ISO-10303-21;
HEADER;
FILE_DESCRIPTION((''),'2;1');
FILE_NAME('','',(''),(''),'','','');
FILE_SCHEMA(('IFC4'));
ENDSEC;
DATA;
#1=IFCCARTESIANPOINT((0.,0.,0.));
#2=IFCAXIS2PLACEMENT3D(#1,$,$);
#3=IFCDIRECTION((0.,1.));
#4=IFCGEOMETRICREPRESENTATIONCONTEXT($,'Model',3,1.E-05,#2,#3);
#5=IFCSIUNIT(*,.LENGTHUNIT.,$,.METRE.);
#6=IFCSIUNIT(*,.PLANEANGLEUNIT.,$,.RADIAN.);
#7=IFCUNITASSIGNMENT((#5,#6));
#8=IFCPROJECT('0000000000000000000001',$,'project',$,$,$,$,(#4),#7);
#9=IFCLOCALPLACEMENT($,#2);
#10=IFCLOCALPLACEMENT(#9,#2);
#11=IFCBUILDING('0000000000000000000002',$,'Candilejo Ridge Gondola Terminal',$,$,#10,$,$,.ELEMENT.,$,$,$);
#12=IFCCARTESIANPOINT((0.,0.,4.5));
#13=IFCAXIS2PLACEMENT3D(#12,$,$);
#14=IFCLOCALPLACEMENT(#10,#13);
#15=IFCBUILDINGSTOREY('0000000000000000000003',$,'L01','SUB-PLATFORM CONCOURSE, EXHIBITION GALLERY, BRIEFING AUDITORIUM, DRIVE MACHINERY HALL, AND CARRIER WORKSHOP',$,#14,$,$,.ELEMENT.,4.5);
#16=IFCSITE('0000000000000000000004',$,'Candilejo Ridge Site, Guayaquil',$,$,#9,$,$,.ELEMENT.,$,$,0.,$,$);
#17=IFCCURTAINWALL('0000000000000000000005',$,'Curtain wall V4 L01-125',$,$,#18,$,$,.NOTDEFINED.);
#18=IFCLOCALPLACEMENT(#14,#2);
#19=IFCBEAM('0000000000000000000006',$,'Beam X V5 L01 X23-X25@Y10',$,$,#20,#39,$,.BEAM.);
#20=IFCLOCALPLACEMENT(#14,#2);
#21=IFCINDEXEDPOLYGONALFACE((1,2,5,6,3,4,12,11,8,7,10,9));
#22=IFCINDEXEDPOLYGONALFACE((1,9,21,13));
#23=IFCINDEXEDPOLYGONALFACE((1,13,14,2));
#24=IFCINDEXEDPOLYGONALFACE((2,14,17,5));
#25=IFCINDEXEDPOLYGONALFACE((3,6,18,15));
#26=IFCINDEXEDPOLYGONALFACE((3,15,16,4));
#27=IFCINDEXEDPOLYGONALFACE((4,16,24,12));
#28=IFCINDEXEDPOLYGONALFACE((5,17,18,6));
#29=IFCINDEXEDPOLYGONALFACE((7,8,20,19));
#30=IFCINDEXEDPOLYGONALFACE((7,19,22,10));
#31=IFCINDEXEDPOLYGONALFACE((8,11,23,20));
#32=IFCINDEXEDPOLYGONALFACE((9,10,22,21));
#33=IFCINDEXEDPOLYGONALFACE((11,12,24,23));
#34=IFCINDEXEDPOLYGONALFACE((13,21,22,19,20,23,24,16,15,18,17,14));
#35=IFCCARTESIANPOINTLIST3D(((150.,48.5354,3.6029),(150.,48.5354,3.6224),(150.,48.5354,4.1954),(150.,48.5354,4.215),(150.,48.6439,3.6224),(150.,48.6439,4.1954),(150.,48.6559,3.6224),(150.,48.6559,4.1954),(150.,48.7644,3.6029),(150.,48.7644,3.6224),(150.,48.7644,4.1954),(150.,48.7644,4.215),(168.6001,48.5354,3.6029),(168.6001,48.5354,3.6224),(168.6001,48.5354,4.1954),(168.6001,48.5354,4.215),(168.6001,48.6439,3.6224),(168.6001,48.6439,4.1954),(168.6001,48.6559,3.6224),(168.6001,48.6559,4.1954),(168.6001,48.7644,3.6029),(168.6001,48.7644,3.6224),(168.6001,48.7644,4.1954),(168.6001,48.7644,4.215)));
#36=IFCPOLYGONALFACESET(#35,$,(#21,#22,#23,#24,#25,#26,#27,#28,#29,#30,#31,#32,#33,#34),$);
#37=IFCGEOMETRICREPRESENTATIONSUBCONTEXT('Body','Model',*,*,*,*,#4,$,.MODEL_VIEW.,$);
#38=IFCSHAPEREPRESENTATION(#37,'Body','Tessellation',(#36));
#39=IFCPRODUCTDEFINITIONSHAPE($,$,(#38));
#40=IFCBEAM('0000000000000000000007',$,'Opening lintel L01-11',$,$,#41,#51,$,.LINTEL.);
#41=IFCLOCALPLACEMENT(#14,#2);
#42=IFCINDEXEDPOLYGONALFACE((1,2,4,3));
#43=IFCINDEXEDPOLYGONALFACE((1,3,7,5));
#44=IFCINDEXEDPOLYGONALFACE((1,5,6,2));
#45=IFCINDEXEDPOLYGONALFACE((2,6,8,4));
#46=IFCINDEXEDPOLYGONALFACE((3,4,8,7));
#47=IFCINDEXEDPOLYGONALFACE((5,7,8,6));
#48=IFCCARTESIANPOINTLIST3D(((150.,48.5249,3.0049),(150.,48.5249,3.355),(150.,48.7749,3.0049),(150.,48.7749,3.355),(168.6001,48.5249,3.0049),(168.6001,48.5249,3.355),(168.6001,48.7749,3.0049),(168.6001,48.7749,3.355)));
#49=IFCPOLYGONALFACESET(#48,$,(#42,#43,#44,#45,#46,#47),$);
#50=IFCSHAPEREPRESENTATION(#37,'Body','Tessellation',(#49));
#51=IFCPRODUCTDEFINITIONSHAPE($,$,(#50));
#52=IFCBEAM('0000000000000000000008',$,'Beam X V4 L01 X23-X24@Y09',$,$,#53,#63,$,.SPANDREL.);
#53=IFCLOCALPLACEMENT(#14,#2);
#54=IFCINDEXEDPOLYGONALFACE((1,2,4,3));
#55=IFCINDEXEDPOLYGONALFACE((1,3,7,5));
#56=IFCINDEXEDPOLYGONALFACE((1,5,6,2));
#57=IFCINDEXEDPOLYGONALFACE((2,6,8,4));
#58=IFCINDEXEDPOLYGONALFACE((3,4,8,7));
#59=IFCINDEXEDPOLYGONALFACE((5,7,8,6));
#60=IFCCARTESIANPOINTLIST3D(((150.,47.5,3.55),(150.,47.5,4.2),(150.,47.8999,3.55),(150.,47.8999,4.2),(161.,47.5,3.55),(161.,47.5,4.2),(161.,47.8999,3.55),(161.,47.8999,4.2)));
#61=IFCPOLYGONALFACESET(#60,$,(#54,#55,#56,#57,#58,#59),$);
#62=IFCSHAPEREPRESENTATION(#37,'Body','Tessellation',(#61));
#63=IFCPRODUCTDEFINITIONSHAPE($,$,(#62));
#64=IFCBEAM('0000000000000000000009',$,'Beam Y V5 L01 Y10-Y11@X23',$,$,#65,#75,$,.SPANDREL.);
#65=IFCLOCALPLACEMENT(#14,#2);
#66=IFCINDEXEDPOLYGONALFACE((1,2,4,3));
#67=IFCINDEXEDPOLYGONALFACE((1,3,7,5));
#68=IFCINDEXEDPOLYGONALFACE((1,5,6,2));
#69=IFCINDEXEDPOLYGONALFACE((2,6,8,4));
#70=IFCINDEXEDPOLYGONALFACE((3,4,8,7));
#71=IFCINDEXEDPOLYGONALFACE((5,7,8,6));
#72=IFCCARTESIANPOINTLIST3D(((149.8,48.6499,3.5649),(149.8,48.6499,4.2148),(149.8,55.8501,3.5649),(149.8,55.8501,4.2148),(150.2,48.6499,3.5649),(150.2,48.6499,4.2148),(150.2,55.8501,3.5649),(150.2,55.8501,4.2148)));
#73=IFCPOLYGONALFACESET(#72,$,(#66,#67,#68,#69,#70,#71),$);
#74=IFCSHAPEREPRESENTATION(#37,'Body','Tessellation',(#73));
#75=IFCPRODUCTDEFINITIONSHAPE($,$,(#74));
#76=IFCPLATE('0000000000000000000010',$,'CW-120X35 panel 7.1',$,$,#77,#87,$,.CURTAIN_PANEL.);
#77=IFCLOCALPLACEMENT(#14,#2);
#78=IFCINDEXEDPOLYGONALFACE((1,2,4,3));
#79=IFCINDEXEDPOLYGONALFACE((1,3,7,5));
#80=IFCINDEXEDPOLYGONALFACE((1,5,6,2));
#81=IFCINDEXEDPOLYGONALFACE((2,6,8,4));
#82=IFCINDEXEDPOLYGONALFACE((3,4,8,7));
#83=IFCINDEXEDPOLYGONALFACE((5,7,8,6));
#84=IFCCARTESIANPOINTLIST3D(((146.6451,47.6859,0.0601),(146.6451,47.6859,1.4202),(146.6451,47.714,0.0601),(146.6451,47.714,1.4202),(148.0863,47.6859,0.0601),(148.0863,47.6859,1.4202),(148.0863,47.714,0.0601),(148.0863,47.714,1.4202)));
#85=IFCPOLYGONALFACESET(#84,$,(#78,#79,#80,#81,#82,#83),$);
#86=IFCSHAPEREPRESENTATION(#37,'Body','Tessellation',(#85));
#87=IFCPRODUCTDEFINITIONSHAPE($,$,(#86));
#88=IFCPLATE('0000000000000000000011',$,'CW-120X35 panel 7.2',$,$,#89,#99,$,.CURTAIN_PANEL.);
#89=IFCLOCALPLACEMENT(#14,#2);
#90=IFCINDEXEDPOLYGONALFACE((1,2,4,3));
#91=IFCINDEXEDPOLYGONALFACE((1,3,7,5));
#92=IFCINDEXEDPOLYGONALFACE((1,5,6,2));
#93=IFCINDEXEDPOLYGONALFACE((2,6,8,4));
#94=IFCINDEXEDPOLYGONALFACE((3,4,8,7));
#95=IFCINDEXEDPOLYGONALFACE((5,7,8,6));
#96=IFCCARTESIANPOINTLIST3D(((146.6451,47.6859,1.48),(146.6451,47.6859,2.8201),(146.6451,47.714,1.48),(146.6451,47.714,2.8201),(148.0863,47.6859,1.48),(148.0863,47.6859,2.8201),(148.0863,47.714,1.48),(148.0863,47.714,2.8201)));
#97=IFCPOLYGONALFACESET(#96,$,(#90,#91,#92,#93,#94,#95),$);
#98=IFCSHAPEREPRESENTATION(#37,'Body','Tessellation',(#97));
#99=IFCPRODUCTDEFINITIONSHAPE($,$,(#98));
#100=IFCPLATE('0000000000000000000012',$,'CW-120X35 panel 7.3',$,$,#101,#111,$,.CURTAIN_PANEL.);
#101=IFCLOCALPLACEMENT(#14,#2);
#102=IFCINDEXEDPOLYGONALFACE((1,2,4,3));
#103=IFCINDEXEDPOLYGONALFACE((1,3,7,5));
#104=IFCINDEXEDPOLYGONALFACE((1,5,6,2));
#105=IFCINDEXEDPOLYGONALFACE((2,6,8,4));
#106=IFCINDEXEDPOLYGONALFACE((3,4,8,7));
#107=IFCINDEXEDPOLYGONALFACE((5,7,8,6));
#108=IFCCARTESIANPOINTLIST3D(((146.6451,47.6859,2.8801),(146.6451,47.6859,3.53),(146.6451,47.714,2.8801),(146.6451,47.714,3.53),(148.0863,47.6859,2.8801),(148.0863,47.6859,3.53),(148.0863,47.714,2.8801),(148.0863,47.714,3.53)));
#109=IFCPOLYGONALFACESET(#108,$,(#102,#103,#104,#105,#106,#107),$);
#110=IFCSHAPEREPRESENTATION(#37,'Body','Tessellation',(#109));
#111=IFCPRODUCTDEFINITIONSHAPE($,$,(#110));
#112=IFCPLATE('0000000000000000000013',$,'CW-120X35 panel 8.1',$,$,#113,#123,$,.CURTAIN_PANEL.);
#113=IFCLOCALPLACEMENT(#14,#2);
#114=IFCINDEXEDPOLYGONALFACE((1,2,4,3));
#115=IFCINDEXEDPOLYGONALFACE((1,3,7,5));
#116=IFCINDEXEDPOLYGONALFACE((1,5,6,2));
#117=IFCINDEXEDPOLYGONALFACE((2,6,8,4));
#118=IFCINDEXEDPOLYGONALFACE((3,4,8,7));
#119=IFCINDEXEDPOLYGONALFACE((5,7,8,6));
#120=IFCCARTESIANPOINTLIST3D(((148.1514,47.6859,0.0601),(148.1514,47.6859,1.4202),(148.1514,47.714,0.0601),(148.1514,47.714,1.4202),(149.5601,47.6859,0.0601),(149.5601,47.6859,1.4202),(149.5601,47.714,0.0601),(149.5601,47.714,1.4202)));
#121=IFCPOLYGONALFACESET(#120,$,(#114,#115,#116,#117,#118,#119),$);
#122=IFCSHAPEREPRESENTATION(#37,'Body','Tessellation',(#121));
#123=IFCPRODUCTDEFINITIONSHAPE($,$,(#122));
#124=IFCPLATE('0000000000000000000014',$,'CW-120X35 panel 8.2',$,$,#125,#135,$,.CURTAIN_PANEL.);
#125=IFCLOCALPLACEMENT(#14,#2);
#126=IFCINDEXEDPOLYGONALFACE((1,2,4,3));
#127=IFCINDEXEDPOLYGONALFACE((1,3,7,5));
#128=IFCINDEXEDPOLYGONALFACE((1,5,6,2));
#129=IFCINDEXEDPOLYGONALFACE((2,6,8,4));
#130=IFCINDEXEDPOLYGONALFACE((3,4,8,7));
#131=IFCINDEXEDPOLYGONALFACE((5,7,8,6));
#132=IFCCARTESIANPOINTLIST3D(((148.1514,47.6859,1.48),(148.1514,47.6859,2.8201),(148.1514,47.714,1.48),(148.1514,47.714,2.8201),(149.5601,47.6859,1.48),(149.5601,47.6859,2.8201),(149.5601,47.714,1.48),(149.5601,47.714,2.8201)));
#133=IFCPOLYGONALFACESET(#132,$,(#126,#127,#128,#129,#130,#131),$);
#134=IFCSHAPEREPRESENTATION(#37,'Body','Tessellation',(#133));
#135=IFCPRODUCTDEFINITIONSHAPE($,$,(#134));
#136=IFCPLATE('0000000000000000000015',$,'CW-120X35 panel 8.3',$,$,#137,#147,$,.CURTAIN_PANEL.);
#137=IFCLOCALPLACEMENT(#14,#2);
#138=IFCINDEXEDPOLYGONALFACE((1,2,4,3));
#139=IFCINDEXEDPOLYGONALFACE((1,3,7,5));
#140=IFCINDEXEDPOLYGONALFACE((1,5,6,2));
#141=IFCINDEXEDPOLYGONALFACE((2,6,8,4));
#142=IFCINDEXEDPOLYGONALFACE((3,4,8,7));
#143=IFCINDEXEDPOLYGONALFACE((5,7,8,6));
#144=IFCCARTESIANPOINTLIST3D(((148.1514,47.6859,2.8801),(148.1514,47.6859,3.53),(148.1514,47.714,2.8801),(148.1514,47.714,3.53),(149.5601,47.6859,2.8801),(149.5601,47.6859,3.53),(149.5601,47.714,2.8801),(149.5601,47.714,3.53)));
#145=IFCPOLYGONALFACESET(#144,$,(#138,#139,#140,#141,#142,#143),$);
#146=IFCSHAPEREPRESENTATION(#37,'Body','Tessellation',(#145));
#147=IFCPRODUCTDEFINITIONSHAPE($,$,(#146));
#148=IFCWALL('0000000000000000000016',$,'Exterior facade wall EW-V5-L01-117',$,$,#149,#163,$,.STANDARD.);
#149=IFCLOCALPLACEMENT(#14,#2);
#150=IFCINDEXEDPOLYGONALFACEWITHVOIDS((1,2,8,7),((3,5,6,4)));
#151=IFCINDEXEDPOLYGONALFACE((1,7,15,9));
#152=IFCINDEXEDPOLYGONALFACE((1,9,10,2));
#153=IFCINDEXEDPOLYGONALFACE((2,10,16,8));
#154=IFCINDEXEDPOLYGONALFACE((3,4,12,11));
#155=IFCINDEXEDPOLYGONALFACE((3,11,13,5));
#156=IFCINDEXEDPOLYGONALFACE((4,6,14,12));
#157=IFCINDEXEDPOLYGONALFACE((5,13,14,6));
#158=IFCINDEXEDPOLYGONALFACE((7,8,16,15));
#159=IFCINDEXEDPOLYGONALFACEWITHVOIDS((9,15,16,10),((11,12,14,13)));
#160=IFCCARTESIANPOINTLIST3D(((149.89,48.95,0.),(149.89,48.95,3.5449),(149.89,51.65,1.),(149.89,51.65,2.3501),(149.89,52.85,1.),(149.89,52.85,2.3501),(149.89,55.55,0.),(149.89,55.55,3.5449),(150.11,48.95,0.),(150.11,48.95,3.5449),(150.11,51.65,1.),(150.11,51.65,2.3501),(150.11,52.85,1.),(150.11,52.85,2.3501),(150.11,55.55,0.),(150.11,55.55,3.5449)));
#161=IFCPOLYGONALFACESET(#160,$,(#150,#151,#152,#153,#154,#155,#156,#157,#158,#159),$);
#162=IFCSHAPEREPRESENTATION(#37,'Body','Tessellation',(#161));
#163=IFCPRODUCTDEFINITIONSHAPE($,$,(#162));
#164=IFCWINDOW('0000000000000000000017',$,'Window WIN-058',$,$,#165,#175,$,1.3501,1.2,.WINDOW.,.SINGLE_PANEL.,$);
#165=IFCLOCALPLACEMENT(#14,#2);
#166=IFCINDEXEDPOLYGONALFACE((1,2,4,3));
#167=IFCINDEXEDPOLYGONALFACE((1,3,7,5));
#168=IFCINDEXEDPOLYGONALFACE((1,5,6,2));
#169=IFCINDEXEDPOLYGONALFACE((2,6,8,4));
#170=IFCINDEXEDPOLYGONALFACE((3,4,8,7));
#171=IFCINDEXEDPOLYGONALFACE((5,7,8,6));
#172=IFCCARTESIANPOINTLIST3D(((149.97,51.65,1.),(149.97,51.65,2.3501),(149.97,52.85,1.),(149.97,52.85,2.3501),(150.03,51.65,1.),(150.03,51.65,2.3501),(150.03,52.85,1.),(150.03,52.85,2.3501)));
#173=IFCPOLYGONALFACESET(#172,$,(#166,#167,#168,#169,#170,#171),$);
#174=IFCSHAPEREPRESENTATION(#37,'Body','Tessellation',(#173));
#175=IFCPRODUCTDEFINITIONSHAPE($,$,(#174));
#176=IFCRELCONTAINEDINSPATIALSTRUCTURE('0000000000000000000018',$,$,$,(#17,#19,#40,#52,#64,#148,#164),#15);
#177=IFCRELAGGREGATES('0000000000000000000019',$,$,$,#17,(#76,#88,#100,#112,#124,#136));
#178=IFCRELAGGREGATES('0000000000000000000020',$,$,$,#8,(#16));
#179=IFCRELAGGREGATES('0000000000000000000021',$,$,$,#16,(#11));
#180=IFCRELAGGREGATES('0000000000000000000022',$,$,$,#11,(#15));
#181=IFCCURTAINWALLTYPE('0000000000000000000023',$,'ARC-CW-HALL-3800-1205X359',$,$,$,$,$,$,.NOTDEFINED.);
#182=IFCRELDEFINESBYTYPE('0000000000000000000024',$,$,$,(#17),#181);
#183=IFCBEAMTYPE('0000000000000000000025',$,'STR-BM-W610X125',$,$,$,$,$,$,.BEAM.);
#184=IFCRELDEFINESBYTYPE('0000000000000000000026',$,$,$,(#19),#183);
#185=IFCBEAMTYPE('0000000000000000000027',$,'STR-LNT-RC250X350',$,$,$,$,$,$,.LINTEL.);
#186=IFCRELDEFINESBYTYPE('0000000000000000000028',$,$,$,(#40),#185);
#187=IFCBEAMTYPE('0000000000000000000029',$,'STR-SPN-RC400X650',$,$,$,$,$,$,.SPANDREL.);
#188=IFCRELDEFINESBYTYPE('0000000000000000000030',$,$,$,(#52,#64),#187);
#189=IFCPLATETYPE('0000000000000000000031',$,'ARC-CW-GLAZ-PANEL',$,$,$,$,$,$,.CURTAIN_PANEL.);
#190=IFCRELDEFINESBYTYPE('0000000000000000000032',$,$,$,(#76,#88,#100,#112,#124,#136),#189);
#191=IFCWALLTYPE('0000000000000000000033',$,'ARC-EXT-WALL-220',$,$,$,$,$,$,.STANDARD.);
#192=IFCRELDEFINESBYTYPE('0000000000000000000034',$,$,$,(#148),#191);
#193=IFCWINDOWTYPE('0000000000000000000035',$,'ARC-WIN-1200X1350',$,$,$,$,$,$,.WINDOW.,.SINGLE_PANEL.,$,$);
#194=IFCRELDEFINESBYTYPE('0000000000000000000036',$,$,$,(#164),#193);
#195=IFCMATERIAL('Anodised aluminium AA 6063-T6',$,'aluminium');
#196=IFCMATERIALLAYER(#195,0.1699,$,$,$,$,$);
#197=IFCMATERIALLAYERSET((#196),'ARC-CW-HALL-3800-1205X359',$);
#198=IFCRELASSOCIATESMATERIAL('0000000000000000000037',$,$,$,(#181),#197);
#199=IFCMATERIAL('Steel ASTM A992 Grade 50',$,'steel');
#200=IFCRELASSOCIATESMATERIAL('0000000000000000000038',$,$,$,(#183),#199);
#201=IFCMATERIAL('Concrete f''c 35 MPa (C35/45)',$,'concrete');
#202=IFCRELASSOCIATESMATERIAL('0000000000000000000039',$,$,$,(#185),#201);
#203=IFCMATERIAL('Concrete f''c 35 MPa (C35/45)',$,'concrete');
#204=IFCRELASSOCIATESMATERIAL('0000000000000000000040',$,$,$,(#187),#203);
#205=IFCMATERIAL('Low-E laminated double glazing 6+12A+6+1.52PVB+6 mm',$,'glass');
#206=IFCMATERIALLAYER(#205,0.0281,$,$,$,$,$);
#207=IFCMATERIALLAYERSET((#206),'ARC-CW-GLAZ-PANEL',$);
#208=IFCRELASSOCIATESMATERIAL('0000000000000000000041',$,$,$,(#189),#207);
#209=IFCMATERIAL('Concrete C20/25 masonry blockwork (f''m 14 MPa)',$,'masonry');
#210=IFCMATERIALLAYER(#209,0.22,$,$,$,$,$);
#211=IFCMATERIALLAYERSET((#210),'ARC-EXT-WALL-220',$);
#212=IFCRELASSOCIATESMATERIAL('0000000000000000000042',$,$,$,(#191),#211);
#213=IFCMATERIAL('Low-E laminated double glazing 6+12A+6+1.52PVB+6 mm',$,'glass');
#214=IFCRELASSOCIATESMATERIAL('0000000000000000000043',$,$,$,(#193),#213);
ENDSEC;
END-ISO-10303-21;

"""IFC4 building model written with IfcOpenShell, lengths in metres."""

from ifc_helpers import new_model, si_unit, direction, frame, frame_2d, origin, origin_2d, place, context, subcontext, project, spatial, rectangle, i_section, extrude, material, layer, layer_set, material_profile, profile_set, type_object, element, fill, aggregate, save


model = new_model("IFC4")

# Units and contexts
model_context = context("Model", 3, precision=1e-05, world=origin(), true_north=direction((0.0, 1.0)))
body_context = subcontext(model_context, "Body", "Model", "MODEL_VIEW")
ifc_project = project(units=[si_unit("LENGTHUNIT", "METRE"), si_unit("PLANEANGLEUNIT", "RADIAN")], contexts=[model_context])

# Site, building, storey
site_placement = place(None, origin())
site = spatial("IfcSite", under=ifc_project, at=site_placement, Name="Candilejo Ridge Site, Guayaquil", CompositionType="ELEMENT", RefElevation=0.0)
building_placement = place(site_placement, origin())
building = spatial("IfcBuilding", under=site, at=building_placement, Name="Candilejo Ridge Gondola Terminal", CompositionType="ELEMENT")
storey_placement = place(building_placement, frame((0.0, 0.0, 4.5)))
storey = spatial("IfcBuildingStorey", under=building, at=storey_placement, Name="L01", Description="SUB-PLATFORM CONCOURSE, EXHIBITION GALLERY, BRIEFING AUDITORIUM, DRIVE MACHINERY HALL, AND CARRIER WORKSHOP", CompositionType="ELEMENT", Elevation=4.5)

# Curtain wall
ifc_material_1 = material(Name="Anodised aluminium AA 6063-T6", Category="aluminium")
ifc_layer_1 = layer(ifc_material_1, 0.1699)
ifc_layer_set_1 = layer_set([ifc_layer_1], Name="ARC-CW-HALL-3800-1205X359")
curtain_wall_type_1 = type_object("IfcCurtainWallType", Name="ARC-CW-HALL-3800-1205X359", PredefinedType="NOTDEFINED", material=ifc_layer_set_1)
curtain_wall_1_placement = place(storey_placement, origin())
curtain_wall_1 = element("IfcCurtainWall", 1, at=curtain_wall_1_placement, inside=storey, type_object=curtain_wall_type_1, Name="Curtain wall V4 L01-125", PredefinedType="NOTDEFINED")

# Beams
ifc_material_2 = material(Name="Steel ASTM A992 Grade 50", Category="steel")
ifc_material_profile_1 = material_profile(ifc_material_2, i_section(OverallWidth=0.229, OverallDepth=0.6121, WebThickness=0.012, FlangeThickness=0.0195, at=origin_2d()))
ifc_profile_set_1 = profile_set([ifc_material_profile_1], Name="Steel ASTM A992 Grade 50")
beam_type_1 = type_object("IfcBeamType", Name="STR-BM-W610X125", PredefinedType="BEAM", material=ifc_profile_set_1)
beam_1_placement = place(storey_placement, frame((150.0, 48.6499, 3.9089), z_axis=(1.0, 0.0, 0.0), x_axis=(0.0, 1.0, 0.0)))
element("IfcBeam", 2, at=beam_1_placement, inside=storey, type_object=beam_type_1, Name="Beam X V5 L01 X23-X25@Y10", PredefinedType="BEAM", context=body_context, shape_type="SweptSolid", body=[
    extrude(i_section(OverallWidth=0.229, OverallDepth=0.6121, WebThickness=0.012, FlangeThickness=0.0195, at=origin_2d()), origin(), (0.0, 0.0, 1.0), 18.6001),
])
ifc_material_3 = material(Name="Concrete f'c 35 MPa (C35/45)", Category="concrete")
ifc_material_profile_2 = material_profile(ifc_material_3, rectangle(XDim=0.25, YDim=0.3501, at=origin_2d()))
ifc_profile_set_2 = profile_set([ifc_material_profile_2], Name="Concrete f'c 35 MPa (C35/45)")
beam_type_2 = type_object("IfcBeamType", Name="STR-LNT-RC250X350", PredefinedType="LINTEL", material=ifc_profile_set_2)
beam_2_placement = place(storey_placement, frame((150.0, 48.6499, 3.1799), z_axis=(1.0, 0.0, 0.0), x_axis=(0.0, 1.0, 0.0)))
element("IfcBeam", 3, at=beam_2_placement, inside=storey, type_object=beam_type_2, Name="Opening lintel L01-11", PredefinedType="LINTEL", context=body_context, shape_type="SweptSolid", body=[
    extrude(rectangle(XDim=0.25, YDim=0.3501, at=origin_2d()), origin(), (0.0, 0.0, 1.0), 18.6001),
])
ifc_material_4 = material(Name="Concrete f'c 35 MPa (C35/45)", Category="concrete")
ifc_material_profile_3 = material_profile(ifc_material_4, rectangle(XDim=0.3999, YDim=0.6499, at=origin_2d()))
ifc_profile_set_3 = profile_set([ifc_material_profile_3], Name="Concrete f'c 35 MPa (C35/45)")
beam_type_3 = type_object("IfcBeamType", Name="STR-SPN-RC400X650", PredefinedType="SPANDREL", material=ifc_profile_set_3)
beam_3_placement = place(storey_placement, frame((150.0, 47.7, 3.875), z_axis=(1.0, 0.0, 0.0), x_axis=(0.0, 1.0, 0.0)))
element("IfcBeam", 4, at=beam_3_placement, inside=storey, type_object=beam_type_3, Name="Beam X V4 L01 X23-X24@Y09", PredefinedType="SPANDREL", context=body_context, shape_type="SweptSolid", body=[
    extrude(rectangle(XDim=0.3999, YDim=0.6499, at=origin_2d()), origin(), (0.0, 0.0, 1.0), 11.0),
])
beam_4_placement = place(storey_placement, frame((150.0, 48.6499, 3.8899), z_axis=(0.0, 1.0, 0.0), x_axis=(-1.0, 0.0, 0.0)))
element("IfcBeam", 5, at=beam_4_placement, inside=storey, type_object=beam_type_3, Name="Beam Y V5 L01 Y10-Y11@X23", PredefinedType="SPANDREL", context=body_context, shape_type="SweptSolid", body=[
    extrude(rectangle(XDim=0.3999, YDim=0.6499, at=origin_2d()), origin(), (0.0, 0.0, 1.0), 7.2002),
])

# Plates
ifc_material_5 = material(Name="Low-E laminated double glazing 6+12A+6+1.52PVB+6 mm", Category="glass")
ifc_layer_2 = layer(ifc_material_5, 0.0281)
ifc_layer_set_2 = layer_set([ifc_layer_2], Name="ARC-CW-GLAZ-PANEL")
plate_type = type_object("IfcPlateType", Name="ARC-CW-GLAZ-PANEL", PredefinedType="CURTAIN_PANEL", material=ifc_layer_set_2)
plate_1_placement = place(storey_placement, frame((147.3657, 47.7, 0.0601), z_axis=(0.0, 0.0, 1.0), x_axis=(1.0, 0.0, 0.0)))
plate_1 = element("IfcPlate", 6, at=plate_1_placement, type_object=plate_type, Name="CW-120X35 panel 7.1", PredefinedType="CURTAIN_PANEL", context=body_context, shape_type="SweptSolid", body=[
    extrude(rectangle(XDim=1.4412, YDim=0.0281, at=origin_2d()), origin(), (0.0, 0.0, 1.0), 1.3601),
])
plate_2_placement = place(storey_placement, frame((147.3657, 47.7, 1.48), z_axis=(0.0, 0.0, 1.0), x_axis=(1.0, 0.0, 0.0)))
plate_2 = element("IfcPlate", 7, at=plate_2_placement, type_object=plate_type, Name="CW-120X35 panel 7.2", PredefinedType="CURTAIN_PANEL", context=body_context, shape_type="SweptSolid", body=[
    extrude(rectangle(XDim=1.4412, YDim=0.0281, at=origin_2d()), origin(), (0.0, 0.0, 1.0), 1.3401),
])
plate_3_placement = place(storey_placement, frame((147.3657, 47.7, 2.8801), z_axis=(0.0, 0.0, 1.0), x_axis=(1.0, 0.0, 0.0)))
plate_3 = element("IfcPlate", 8, at=plate_3_placement, type_object=plate_type, Name="CW-120X35 panel 7.3", PredefinedType="CURTAIN_PANEL", context=body_context, shape_type="SweptSolid", body=[
    extrude(rectangle(XDim=1.4412, YDim=0.0281, at=origin_2d()), origin(), (0.0, 0.0, 1.0), 0.6499),
])
plate_4_placement = place(storey_placement, frame((148.8557, 47.7, 0.0601), z_axis=(0.0, 0.0, 1.0), x_axis=(1.0, 0.0, 0.0)))
plate_4 = element("IfcPlate", 9, at=plate_4_placement, type_object=plate_type, Name="CW-120X35 panel 8.1", PredefinedType="CURTAIN_PANEL", context=body_context, shape_type="SweptSolid", body=[
    extrude(rectangle(XDim=1.4087, YDim=0.0281, at=origin_2d()), origin(), (0.0, 0.0, 1.0), 1.3601),
])
plate_5_placement = place(storey_placement, frame((148.8557, 47.7, 1.48), z_axis=(0.0, 0.0, 1.0), x_axis=(1.0, 0.0, 0.0)))
plate_5 = element("IfcPlate", 10, at=plate_5_placement, type_object=plate_type, Name="CW-120X35 panel 8.2", PredefinedType="CURTAIN_PANEL", context=body_context, shape_type="SweptSolid", body=[
    extrude(rectangle(XDim=1.4087, YDim=0.0281, at=origin_2d()), origin(), (0.0, 0.0, 1.0), 1.3401),
])
plate_6_placement = place(storey_placement, frame((148.8557, 47.7, 2.8801), z_axis=(0.0, 0.0, 1.0), x_axis=(1.0, 0.0, 0.0)))
plate_6 = element("IfcPlate", 11, at=plate_6_placement, type_object=plate_type, Name="CW-120X35 panel 8.3", PredefinedType="CURTAIN_PANEL", context=body_context, shape_type="SweptSolid", body=[
    extrude(rectangle(XDim=1.4087, YDim=0.0281, at=origin_2d()), origin(), (0.0, 0.0, 1.0), 0.6499),
])
aggregate(curtain_wall_1, [plate_1, plate_2, plate_3, plate_4, plate_5, plate_6])

# Wall, opening, window
ifc_material_6 = material(Name="Concrete C20/25 masonry blockwork (f'm 14 MPa)", Category="masonry")
ifc_layer_3 = layer(ifc_material_6, 0.22)
ifc_layer_set_3 = layer_set([ifc_layer_3], Name="ARC-EXT-WALL-220")
wall_type = type_object("IfcWallType", Name="ARC-EXT-WALL-220", PredefinedType="STANDARD", material=ifc_layer_set_3)
wall_placement = place(storey_placement, frame((150.0, 48.95, 0.0), z_axis=(0.0, 0.0, 1.0), x_axis=(0.0, 1.0, 0.0)))
wall = element("IfcWall", 12, at=wall_placement, inside=storey, type_object=wall_type, Name="Exterior facade wall EW-V5-L01-117", PredefinedType="STANDARD", context=body_context, shape_type="SweptSolid", body=[
    extrude(rectangle(XDim=6.6001, YDim=0.22, at=frame_2d((3.3, 0.0))), origin(), (0.0, 0.0, 1.0), 3.5449),
])
opening_placement = place(wall_placement, frame((2.7, 0.0, 1.0)))
opening = element("IfcOpeningElement", 13, at=opening_placement, cuts=wall, PredefinedType="OPENING", context=body_context, shape_type="SweptSolid", body=[
    extrude(rectangle(XDim=1.2, YDim=1.3501, at=frame_2d((0.6001, 0.675))), frame((0.0, 0.1199, 0.0), z_axis=(0.0, -1.0, 0.0), x_axis=(1.0, 0.0, 0.0)), (0.0, 0.0, 1.0), 0.24),
])
ifc_material_7 = material(Name="Low-E laminated double glazing 6+12A+6+1.52PVB+6 mm", Category="glass")
window_type = type_object("IfcWindowType", Name="ARC-WIN-1200X1350", PartitioningType="SINGLE_PANEL", PredefinedType="WINDOW", material=ifc_material_7)
window_placement = place(opening_placement, origin())
window = element("IfcWindow", 14, at=window_placement, inside=storey, type_object=window_type, Name="Window WIN-058", OverallHeight=1.3501, OverallWidth=1.2, PartitioningType="SINGLE_PANEL", PredefinedType="WINDOW", context=body_context, shape_type="SweptSolid", body=[
    extrude(rectangle(XDim=1.2, YDim=1.3501, at=frame_2d((0.6001, 0.675))), frame((0.0, 0.03, 0.0), z_axis=(0.0, -1.0, 0.0), x_axis=(1.0, 0.0, 0.0)), (0.0, 0.0, 1.0), 0.0601),
])
fill(opening, window)

save(model, "model.ifc")
